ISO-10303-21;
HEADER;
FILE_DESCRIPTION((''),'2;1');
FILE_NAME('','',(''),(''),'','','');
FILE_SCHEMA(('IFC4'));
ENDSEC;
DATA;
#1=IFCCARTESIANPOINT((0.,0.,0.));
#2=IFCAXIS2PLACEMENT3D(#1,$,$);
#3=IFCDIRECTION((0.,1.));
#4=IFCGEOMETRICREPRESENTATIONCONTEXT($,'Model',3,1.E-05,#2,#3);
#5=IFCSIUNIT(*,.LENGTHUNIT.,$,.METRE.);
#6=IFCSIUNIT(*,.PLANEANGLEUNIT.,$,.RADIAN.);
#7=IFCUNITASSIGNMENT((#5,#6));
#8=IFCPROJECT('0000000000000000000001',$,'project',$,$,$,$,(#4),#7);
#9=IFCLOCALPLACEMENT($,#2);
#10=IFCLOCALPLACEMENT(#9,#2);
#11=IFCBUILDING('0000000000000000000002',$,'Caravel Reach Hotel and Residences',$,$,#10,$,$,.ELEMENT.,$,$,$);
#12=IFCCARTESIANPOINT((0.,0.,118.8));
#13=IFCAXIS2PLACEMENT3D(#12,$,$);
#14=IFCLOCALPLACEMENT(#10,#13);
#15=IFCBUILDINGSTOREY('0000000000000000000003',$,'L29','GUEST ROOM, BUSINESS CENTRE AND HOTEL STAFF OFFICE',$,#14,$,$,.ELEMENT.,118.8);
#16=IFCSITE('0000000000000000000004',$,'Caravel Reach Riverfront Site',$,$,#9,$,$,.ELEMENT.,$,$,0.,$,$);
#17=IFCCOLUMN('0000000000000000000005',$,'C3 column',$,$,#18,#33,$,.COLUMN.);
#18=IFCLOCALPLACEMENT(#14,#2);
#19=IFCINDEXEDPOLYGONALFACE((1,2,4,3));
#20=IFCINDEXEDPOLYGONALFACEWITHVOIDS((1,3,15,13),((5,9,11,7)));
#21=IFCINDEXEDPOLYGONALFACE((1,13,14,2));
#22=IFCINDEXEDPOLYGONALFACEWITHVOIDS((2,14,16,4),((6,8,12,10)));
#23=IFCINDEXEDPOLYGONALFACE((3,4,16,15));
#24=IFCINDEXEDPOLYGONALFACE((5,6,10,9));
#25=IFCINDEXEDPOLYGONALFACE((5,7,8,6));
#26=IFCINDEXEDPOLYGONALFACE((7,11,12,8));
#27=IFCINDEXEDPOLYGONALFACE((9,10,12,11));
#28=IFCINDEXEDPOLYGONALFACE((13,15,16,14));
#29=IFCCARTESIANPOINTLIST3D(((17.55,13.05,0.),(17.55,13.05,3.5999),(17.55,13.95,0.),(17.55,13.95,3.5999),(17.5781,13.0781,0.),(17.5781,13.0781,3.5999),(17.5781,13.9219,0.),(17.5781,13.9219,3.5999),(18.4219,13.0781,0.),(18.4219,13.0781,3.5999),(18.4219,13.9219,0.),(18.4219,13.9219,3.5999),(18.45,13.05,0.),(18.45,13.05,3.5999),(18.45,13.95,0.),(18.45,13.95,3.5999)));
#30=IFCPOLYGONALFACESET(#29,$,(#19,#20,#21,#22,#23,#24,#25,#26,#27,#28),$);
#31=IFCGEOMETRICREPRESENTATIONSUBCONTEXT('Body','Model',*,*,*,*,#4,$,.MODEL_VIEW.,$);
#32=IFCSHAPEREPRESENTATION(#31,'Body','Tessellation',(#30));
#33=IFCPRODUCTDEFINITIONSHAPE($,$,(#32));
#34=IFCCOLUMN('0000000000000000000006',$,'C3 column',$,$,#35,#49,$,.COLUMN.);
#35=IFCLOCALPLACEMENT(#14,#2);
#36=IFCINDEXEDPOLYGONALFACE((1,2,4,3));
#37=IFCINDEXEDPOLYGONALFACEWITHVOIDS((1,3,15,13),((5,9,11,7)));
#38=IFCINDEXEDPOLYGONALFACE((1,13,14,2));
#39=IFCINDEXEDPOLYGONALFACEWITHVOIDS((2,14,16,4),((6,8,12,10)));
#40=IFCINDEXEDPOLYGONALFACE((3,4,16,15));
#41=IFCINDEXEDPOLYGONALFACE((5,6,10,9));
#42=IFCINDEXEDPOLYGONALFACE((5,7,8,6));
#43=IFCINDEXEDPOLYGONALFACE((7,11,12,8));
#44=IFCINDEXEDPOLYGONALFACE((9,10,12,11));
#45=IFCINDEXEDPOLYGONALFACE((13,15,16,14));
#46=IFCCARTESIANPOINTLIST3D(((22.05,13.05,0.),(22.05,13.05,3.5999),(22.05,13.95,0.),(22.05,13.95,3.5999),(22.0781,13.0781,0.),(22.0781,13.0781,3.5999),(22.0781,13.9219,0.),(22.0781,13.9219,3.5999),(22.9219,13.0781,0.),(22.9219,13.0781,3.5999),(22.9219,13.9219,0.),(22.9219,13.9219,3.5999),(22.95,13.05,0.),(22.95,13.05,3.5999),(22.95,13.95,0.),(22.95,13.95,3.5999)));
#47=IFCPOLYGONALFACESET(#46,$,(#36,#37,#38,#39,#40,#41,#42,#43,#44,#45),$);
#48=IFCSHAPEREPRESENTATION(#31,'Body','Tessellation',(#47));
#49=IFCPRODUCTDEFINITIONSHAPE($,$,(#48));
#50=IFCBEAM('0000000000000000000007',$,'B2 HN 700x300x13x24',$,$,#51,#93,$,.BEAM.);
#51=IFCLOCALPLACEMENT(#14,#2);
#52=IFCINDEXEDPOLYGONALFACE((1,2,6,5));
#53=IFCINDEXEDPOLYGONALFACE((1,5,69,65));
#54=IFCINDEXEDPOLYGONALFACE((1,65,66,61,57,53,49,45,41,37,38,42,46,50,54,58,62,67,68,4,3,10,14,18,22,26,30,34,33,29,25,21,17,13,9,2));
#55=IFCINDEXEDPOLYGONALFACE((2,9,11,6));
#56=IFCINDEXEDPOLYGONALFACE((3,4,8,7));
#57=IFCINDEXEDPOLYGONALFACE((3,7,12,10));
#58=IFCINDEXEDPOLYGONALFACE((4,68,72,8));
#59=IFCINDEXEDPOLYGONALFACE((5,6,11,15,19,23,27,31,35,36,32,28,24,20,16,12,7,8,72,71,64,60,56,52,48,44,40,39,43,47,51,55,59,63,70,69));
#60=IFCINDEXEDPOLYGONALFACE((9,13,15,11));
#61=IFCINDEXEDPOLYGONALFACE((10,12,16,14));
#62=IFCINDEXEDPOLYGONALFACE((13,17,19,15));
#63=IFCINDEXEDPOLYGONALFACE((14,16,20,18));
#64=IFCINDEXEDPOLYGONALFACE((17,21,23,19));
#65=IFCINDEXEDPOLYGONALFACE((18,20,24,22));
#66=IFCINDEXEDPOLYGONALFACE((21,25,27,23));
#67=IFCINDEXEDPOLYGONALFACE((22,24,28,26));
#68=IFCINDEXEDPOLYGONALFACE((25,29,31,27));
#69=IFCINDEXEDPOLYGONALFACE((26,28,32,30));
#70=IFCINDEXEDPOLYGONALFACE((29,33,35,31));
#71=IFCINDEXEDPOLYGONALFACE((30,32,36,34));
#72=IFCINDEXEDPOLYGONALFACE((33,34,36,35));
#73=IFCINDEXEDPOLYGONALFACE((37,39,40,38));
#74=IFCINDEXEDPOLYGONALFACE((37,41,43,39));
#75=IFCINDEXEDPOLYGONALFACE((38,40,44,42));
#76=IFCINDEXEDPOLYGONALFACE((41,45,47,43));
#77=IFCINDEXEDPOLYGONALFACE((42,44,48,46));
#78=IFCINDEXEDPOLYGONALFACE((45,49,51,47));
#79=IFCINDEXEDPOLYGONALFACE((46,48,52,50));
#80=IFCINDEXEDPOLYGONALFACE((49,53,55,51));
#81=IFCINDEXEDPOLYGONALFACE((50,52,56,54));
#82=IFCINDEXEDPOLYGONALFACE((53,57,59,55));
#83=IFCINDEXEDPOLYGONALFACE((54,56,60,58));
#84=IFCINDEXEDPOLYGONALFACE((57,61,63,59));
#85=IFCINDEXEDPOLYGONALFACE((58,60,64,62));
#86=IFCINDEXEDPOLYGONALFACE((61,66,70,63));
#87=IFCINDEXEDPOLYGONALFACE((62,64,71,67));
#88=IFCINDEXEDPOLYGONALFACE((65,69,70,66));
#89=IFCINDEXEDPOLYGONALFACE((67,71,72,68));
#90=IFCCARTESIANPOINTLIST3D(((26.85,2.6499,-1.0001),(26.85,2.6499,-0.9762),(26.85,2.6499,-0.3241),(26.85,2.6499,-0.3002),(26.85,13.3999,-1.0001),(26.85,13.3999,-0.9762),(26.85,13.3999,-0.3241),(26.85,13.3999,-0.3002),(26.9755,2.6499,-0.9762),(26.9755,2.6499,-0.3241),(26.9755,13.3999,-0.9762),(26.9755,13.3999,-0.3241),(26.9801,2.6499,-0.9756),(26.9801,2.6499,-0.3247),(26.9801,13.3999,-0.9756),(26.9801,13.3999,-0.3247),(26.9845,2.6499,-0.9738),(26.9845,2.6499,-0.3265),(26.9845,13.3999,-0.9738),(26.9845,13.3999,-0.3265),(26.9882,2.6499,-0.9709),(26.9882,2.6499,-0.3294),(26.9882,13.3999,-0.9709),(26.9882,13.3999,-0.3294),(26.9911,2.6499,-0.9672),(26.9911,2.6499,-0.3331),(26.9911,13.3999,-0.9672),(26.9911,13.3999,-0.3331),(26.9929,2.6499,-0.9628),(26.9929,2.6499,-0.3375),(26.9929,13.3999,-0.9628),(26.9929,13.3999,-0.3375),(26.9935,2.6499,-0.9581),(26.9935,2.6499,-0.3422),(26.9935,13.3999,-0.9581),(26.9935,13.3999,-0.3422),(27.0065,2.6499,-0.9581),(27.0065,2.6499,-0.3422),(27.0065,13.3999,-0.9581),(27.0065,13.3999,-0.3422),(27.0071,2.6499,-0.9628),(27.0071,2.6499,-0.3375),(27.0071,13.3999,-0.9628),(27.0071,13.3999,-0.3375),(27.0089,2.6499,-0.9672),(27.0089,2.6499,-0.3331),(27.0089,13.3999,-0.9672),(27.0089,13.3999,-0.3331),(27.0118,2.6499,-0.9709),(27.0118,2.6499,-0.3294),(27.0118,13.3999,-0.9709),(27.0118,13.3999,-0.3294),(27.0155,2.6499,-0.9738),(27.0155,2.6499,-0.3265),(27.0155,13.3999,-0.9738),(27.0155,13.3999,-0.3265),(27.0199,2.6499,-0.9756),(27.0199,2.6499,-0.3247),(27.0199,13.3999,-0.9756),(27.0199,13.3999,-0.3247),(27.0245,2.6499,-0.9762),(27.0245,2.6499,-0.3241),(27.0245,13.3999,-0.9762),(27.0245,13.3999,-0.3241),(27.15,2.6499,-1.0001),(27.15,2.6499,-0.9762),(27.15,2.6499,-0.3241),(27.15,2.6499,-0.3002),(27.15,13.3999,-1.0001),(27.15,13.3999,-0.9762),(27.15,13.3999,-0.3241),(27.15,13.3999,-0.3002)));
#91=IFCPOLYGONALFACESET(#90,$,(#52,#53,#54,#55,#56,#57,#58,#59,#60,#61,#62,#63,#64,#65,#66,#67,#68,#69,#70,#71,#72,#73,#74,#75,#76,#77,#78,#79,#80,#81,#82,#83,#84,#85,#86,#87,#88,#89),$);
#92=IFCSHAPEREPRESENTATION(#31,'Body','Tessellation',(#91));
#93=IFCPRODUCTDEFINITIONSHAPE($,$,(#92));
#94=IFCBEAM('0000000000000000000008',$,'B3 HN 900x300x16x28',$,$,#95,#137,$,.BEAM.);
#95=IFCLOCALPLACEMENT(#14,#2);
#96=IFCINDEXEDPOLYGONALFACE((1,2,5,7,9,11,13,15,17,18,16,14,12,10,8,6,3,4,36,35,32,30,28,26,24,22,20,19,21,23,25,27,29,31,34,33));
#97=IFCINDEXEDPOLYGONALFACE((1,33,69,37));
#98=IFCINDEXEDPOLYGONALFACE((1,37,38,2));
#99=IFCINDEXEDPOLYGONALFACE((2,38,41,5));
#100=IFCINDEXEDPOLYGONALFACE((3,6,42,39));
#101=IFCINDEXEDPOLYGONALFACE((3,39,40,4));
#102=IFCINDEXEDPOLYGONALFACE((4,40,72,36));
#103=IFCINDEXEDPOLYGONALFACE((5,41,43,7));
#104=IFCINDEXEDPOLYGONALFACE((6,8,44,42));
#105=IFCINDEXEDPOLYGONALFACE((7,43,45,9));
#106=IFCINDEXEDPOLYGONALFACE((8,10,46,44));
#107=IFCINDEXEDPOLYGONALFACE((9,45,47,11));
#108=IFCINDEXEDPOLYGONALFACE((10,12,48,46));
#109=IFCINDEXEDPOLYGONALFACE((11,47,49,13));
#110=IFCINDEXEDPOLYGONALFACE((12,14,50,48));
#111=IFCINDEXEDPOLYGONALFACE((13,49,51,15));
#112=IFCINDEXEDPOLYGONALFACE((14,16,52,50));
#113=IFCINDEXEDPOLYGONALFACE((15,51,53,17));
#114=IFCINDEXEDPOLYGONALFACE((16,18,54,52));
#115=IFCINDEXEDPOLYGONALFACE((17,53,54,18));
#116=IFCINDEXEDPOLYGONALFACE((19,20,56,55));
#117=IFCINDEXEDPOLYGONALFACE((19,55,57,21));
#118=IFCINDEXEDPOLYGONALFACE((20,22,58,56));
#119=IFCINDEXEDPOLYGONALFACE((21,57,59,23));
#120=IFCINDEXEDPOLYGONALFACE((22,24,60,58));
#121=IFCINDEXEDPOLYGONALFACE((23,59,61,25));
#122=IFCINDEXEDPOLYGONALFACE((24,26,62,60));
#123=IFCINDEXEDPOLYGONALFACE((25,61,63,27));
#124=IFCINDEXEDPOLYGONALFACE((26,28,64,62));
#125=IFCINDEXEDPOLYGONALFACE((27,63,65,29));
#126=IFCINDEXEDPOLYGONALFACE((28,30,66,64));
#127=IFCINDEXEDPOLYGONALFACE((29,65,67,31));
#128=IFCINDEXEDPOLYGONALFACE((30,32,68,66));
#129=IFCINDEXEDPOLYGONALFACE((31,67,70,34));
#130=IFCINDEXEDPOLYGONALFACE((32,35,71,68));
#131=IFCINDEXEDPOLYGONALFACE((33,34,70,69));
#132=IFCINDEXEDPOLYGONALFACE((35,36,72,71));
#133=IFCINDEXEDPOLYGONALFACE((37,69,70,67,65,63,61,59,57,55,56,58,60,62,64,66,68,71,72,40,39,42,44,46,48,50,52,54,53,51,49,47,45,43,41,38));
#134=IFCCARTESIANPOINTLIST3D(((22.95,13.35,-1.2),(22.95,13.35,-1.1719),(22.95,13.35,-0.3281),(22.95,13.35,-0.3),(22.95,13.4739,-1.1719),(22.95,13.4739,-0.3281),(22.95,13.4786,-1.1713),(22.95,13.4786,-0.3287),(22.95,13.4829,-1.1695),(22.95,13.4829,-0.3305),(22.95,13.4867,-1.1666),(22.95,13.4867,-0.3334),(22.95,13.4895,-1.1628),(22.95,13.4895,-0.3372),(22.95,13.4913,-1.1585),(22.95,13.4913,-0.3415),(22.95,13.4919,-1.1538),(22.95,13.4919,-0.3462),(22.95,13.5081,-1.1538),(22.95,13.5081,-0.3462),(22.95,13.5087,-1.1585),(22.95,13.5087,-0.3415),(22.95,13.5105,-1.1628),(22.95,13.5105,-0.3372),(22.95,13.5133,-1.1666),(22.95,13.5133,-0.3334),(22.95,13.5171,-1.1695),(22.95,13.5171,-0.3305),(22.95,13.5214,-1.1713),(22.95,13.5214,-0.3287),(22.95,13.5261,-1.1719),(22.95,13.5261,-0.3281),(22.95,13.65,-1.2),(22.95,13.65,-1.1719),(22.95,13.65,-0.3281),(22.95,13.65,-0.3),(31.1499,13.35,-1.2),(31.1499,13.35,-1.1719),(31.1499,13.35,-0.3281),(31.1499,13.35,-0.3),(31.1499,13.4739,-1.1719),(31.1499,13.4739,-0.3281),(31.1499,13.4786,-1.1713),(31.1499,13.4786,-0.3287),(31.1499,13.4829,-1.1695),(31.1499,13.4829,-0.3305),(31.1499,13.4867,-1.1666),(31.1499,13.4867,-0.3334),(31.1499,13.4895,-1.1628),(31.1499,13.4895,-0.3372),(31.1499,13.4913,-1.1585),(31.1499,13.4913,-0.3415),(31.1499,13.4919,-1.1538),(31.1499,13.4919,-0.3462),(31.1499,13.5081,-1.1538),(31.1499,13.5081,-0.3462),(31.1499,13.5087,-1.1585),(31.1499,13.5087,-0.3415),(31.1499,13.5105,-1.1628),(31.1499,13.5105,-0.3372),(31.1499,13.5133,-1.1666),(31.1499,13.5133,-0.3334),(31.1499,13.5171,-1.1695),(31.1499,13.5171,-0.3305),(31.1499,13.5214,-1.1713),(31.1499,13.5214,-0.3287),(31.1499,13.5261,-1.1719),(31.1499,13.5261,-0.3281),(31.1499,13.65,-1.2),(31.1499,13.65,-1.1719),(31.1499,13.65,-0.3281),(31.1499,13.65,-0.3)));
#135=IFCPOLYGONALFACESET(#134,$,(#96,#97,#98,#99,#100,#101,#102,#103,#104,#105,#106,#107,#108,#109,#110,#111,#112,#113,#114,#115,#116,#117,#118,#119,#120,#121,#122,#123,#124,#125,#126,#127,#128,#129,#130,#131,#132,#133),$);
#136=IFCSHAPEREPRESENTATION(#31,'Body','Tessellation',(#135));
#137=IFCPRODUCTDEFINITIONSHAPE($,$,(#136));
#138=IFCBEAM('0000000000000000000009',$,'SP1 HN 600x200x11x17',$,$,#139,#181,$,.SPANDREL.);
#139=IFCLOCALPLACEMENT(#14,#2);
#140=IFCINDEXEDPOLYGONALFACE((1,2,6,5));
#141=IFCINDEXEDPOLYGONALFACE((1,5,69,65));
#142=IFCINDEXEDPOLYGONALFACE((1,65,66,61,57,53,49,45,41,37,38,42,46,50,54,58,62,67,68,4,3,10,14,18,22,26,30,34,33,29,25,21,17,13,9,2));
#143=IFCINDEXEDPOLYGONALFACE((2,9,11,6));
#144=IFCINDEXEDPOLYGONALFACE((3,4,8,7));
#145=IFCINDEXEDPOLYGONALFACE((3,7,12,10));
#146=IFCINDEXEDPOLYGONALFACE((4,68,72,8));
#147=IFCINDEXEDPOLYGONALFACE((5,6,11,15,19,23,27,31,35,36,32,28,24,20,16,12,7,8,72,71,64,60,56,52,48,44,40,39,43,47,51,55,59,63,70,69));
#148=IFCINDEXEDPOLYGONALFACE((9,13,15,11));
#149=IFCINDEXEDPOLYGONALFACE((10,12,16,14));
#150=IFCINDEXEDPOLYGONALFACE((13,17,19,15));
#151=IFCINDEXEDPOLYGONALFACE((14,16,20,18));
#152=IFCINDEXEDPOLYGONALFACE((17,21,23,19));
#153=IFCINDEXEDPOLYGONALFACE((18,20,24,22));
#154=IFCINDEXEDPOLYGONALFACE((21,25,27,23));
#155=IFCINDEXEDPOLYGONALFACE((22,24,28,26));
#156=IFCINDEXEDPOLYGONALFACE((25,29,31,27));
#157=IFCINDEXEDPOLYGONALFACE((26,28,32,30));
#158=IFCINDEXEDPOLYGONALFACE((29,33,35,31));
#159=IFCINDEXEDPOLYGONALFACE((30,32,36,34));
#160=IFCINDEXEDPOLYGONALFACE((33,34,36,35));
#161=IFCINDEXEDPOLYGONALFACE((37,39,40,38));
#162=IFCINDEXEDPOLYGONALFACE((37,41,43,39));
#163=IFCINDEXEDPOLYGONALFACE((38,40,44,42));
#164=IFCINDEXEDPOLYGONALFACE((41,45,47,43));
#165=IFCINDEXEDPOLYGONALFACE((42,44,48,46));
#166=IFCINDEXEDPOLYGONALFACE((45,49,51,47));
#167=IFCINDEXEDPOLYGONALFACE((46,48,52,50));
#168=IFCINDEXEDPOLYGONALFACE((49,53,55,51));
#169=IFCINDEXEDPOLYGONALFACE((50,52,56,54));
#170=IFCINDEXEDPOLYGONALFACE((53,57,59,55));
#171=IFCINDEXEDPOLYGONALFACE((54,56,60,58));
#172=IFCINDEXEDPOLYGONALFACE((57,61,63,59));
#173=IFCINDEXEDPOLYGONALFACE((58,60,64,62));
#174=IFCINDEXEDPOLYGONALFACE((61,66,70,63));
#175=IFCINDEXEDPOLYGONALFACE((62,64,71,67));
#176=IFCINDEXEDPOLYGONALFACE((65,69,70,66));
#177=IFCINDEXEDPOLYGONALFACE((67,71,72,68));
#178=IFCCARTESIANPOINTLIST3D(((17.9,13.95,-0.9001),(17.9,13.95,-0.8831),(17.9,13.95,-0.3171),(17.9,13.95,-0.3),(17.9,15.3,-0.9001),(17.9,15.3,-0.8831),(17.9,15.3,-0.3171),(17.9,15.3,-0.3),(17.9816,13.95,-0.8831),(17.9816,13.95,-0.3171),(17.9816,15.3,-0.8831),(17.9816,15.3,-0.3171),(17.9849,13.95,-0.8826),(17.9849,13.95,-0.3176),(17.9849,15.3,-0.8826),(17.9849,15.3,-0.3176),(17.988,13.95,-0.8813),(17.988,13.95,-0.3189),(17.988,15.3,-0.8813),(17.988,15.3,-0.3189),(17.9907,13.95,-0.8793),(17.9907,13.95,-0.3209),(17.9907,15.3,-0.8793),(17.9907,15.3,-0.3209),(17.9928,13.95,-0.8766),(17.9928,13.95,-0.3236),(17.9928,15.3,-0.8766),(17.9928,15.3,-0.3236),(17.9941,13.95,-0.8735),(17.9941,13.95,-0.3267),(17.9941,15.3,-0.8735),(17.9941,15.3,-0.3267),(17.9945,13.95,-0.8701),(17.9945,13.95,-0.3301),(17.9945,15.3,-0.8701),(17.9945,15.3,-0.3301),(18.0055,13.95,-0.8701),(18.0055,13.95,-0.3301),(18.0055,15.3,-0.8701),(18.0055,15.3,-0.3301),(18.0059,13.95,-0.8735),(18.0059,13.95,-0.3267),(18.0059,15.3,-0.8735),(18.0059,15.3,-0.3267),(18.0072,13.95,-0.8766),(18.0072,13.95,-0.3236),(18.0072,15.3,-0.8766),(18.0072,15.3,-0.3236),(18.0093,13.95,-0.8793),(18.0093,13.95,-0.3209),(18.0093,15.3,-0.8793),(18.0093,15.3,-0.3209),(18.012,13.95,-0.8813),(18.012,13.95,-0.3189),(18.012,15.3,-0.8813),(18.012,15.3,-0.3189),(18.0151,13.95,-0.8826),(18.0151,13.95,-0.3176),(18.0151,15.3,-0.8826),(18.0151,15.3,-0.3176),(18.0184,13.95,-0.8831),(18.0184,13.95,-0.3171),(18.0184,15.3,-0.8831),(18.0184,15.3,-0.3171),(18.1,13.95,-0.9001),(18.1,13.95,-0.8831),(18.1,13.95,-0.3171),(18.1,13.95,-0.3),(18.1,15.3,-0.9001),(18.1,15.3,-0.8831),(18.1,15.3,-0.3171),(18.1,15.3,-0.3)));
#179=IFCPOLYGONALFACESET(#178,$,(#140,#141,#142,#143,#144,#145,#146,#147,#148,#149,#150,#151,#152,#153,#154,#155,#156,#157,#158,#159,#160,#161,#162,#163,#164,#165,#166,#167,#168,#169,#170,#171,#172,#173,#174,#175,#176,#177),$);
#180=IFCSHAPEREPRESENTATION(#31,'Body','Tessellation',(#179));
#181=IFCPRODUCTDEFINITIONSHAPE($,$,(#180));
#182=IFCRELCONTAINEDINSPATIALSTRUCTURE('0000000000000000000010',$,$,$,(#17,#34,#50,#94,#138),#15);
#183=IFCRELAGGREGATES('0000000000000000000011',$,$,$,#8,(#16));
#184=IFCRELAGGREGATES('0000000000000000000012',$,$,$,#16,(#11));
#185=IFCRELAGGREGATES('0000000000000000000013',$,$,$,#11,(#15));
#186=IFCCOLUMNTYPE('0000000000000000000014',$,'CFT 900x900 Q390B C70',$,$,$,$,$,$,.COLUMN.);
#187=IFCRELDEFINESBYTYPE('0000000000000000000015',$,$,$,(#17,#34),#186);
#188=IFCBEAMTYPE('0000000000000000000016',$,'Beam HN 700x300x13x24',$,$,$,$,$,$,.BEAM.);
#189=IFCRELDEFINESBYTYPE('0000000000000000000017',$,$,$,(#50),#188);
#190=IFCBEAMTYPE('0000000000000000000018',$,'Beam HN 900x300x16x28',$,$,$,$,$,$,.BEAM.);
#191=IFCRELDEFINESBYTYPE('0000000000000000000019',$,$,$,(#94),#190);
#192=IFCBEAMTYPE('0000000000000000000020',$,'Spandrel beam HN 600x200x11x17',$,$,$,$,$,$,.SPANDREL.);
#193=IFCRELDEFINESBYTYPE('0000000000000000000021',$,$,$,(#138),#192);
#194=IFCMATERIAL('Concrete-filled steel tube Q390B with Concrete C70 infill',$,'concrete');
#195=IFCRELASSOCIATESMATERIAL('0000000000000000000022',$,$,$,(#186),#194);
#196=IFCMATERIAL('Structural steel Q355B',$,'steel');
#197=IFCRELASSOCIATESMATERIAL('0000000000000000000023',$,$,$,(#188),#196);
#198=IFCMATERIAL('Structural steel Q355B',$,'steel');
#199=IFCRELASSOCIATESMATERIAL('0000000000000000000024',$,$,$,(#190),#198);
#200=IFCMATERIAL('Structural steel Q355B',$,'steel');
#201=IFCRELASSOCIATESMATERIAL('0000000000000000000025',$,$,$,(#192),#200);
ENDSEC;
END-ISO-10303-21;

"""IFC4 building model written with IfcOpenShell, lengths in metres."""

from ifc_helpers import new_model, si_unit, direction, frame, origin, origin_2d, place, context, subcontext, project, spatial, hollow_rectangle, i_section, extrude, material, material_profile, profile_set, type_object, element, save


model = new_model("IFC4")

# Units and contexts
model_context = context("Model", 3, precision=1e-05, world=origin(), true_north=direction((0.0, 1.0)))
body_context = subcontext(model_context, "Body", "Model", "MODEL_VIEW")
ifc_project = project(units=[si_unit("LENGTHUNIT", "METRE"), si_unit("PLANEANGLEUNIT", "RADIAN")], contexts=[model_context])

# Site, building, storey
site_placement = place(None, origin())
site = spatial("IfcSite", under=ifc_project, at=site_placement, Name="Caravel Reach Riverfront Site", CompositionType="ELEMENT", RefElevation=0.0)
building_placement = place(site_placement, origin())
building = spatial("IfcBuilding", under=site, at=building_placement, Name="Caravel Reach Hotel and Residences", CompositionType="ELEMENT")
storey_placement = place(building_placement, frame((0.0, 0.0, 118.8)))
storey = spatial("IfcBuildingStorey", under=building, at=storey_placement, Name="L29", Description="GUEST ROOM, BUSINESS CENTRE AND HOTEL STAFF OFFICE", CompositionType="ELEMENT", Elevation=118.8)

# Columns
ifc_material_1 = material(Name="Concrete-filled steel tube Q390B with Concrete C70 infill", Category="concrete")
ifc_material_profile_1 = material_profile(ifc_material_1, hollow_rectangle(XDim=0.8999, YDim=0.8999, WallThickness=0.0281, at=origin_2d()), Name="RHS 900x900x28")
ifc_profile_set_1 = profile_set([ifc_material_profile_1], Name="Concrete-filled steel tube Q390B with Concrete C70 infill")
column_type = type_object("IfcColumnType", Name="CFT 900x900 Q390B C70", PredefinedType="COLUMN", material=ifc_profile_set_1)
for number, where, z_axis, x_axis, name in (
    (1, (18.0, 13.5, 0.0), (0.0, 0.0, 1.0), (1.0, 0.0, 0.0), "C3 column"),
    (2, (22.5, 13.5, 0.0), (0.0, 0.0, 1.0), (1.0, 0.0, 0.0), "C3 column"),
):
    element("IfcColumn", number, at=place(storey_placement, frame(where, z_axis=z_axis, x_axis=x_axis)), inside=storey, type_object=column_type, Name=name, PredefinedType="COLUMN", context=body_context, shape_type="SweptSolid", body=[
        extrude(hollow_rectangle(XDim=0.8999, YDim=0.8999, WallThickness=0.0281, at=origin_2d()), origin(), (0.0, 0.0, 1.0), 3.5999),
    ])

# Beams
ifc_material_2 = material(Name="Structural steel Q355B", Category="steel")
ifc_material_profile_2 = material_profile(ifc_material_2, i_section(OverallWidth=0.3, OverallDepth=0.7, WebThickness=0.0129, FlangeThickness=0.0239, FilletRadius=0.0181, at=origin_2d()), Name="HN 700x300x13x24")
ifc_profile_set_2 = profile_set([ifc_material_profile_2], Name="Structural steel Q355B")
beam_type_1 = type_object("IfcBeamType", Name="Beam HN 700x300x13x24", PredefinedType="BEAM", material=ifc_profile_set_2)
beam_1_placement = place(storey_placement, frame((27.0, 13.3999, -0.6501), z_axis=(0.0, -1.0, 0.0), x_axis=(1.0, 0.0, 0.0)))
element("IfcBeam", 3, at=beam_1_placement, inside=storey, type_object=beam_type_1, Name="B2 HN 700x300x13x24", PredefinedType="BEAM", context=body_context, shape_type="SweptSolid", body=[
    extrude(i_section(OverallWidth=0.3, OverallDepth=0.7, WebThickness=0.0129, FlangeThickness=0.0239, FilletRadius=0.0181, at=origin_2d()), origin(), (0.0, 0.0, 1.0), 10.75),
])
ifc_material_3 = material(Name="Structural steel Q355B", Category="steel")
ifc_material_profile_3 = material_profile(ifc_material_3, i_section(OverallWidth=0.3, OverallDepth=0.8999, WebThickness=0.0161, FlangeThickness=0.0281, FilletRadius=0.0181, at=origin_2d()), Name="HN 900x300x16x28")
ifc_profile_set_3 = profile_set([ifc_material_profile_3], Name="Structural steel Q355B")
beam_type_2 = type_object("IfcBeamType", Name="Beam HN 900x300x16x28", PredefinedType="BEAM", material=ifc_profile_set_3)
beam_2_placement = place(storey_placement, frame((22.95, 13.5, -0.75), z_axis=(1.0, 0.0, 0.0), x_axis=(0.0, 1.0, 0.0)))
element("IfcBeam", 4, at=beam_2_placement, inside=storey, type_object=beam_type_2, Name="B3 HN 900x300x16x28", PredefinedType="BEAM", context=body_context, shape_type="SweptSolid", body=[
    extrude(i_section(OverallWidth=0.3, OverallDepth=0.8999, WebThickness=0.0161, FlangeThickness=0.0281, FilletRadius=0.0181, at=origin_2d()), origin(), (0.0, 0.0, 1.0), 8.2),
])
ifc_material_4 = material(Name="Structural steel Q355B", Category="steel")
ifc_material_profile_4 = material_profile(ifc_material_4, i_section(OverallWidth=0.2, OverallDepth=0.6001, WebThickness=0.011, FlangeThickness=0.0171, FilletRadius=0.0129, at=origin_2d()), Name="HN 600x200x11x17")
ifc_profile_set_4 = profile_set([ifc_material_profile_4], Name="Structural steel Q355B")
beam_type_3 = type_object("IfcBeamType", Name="Spandrel beam HN 600x200x11x17", PredefinedType="SPANDREL", material=ifc_profile_set_4)
beam_3_placement = place(storey_placement, frame((18.0, 15.3, -0.6001), z_axis=(0.0, -1.0, 0.0), x_axis=(1.0, 0.0, 0.0)))
element("IfcBeam", 5, at=beam_3_placement, inside=storey, type_object=beam_type_3, Name="SP1 HN 600x200x11x17", PredefinedType="SPANDREL", context=body_context, shape_type="SweptSolid", body=[
    extrude(i_section(OverallWidth=0.2, OverallDepth=0.6001, WebThickness=0.011, FlangeThickness=0.0171, FilletRadius=0.0129, at=origin_2d()), origin(), (0.0, 0.0, 1.0), 1.3501),
])

save(model, "model.ifc")
